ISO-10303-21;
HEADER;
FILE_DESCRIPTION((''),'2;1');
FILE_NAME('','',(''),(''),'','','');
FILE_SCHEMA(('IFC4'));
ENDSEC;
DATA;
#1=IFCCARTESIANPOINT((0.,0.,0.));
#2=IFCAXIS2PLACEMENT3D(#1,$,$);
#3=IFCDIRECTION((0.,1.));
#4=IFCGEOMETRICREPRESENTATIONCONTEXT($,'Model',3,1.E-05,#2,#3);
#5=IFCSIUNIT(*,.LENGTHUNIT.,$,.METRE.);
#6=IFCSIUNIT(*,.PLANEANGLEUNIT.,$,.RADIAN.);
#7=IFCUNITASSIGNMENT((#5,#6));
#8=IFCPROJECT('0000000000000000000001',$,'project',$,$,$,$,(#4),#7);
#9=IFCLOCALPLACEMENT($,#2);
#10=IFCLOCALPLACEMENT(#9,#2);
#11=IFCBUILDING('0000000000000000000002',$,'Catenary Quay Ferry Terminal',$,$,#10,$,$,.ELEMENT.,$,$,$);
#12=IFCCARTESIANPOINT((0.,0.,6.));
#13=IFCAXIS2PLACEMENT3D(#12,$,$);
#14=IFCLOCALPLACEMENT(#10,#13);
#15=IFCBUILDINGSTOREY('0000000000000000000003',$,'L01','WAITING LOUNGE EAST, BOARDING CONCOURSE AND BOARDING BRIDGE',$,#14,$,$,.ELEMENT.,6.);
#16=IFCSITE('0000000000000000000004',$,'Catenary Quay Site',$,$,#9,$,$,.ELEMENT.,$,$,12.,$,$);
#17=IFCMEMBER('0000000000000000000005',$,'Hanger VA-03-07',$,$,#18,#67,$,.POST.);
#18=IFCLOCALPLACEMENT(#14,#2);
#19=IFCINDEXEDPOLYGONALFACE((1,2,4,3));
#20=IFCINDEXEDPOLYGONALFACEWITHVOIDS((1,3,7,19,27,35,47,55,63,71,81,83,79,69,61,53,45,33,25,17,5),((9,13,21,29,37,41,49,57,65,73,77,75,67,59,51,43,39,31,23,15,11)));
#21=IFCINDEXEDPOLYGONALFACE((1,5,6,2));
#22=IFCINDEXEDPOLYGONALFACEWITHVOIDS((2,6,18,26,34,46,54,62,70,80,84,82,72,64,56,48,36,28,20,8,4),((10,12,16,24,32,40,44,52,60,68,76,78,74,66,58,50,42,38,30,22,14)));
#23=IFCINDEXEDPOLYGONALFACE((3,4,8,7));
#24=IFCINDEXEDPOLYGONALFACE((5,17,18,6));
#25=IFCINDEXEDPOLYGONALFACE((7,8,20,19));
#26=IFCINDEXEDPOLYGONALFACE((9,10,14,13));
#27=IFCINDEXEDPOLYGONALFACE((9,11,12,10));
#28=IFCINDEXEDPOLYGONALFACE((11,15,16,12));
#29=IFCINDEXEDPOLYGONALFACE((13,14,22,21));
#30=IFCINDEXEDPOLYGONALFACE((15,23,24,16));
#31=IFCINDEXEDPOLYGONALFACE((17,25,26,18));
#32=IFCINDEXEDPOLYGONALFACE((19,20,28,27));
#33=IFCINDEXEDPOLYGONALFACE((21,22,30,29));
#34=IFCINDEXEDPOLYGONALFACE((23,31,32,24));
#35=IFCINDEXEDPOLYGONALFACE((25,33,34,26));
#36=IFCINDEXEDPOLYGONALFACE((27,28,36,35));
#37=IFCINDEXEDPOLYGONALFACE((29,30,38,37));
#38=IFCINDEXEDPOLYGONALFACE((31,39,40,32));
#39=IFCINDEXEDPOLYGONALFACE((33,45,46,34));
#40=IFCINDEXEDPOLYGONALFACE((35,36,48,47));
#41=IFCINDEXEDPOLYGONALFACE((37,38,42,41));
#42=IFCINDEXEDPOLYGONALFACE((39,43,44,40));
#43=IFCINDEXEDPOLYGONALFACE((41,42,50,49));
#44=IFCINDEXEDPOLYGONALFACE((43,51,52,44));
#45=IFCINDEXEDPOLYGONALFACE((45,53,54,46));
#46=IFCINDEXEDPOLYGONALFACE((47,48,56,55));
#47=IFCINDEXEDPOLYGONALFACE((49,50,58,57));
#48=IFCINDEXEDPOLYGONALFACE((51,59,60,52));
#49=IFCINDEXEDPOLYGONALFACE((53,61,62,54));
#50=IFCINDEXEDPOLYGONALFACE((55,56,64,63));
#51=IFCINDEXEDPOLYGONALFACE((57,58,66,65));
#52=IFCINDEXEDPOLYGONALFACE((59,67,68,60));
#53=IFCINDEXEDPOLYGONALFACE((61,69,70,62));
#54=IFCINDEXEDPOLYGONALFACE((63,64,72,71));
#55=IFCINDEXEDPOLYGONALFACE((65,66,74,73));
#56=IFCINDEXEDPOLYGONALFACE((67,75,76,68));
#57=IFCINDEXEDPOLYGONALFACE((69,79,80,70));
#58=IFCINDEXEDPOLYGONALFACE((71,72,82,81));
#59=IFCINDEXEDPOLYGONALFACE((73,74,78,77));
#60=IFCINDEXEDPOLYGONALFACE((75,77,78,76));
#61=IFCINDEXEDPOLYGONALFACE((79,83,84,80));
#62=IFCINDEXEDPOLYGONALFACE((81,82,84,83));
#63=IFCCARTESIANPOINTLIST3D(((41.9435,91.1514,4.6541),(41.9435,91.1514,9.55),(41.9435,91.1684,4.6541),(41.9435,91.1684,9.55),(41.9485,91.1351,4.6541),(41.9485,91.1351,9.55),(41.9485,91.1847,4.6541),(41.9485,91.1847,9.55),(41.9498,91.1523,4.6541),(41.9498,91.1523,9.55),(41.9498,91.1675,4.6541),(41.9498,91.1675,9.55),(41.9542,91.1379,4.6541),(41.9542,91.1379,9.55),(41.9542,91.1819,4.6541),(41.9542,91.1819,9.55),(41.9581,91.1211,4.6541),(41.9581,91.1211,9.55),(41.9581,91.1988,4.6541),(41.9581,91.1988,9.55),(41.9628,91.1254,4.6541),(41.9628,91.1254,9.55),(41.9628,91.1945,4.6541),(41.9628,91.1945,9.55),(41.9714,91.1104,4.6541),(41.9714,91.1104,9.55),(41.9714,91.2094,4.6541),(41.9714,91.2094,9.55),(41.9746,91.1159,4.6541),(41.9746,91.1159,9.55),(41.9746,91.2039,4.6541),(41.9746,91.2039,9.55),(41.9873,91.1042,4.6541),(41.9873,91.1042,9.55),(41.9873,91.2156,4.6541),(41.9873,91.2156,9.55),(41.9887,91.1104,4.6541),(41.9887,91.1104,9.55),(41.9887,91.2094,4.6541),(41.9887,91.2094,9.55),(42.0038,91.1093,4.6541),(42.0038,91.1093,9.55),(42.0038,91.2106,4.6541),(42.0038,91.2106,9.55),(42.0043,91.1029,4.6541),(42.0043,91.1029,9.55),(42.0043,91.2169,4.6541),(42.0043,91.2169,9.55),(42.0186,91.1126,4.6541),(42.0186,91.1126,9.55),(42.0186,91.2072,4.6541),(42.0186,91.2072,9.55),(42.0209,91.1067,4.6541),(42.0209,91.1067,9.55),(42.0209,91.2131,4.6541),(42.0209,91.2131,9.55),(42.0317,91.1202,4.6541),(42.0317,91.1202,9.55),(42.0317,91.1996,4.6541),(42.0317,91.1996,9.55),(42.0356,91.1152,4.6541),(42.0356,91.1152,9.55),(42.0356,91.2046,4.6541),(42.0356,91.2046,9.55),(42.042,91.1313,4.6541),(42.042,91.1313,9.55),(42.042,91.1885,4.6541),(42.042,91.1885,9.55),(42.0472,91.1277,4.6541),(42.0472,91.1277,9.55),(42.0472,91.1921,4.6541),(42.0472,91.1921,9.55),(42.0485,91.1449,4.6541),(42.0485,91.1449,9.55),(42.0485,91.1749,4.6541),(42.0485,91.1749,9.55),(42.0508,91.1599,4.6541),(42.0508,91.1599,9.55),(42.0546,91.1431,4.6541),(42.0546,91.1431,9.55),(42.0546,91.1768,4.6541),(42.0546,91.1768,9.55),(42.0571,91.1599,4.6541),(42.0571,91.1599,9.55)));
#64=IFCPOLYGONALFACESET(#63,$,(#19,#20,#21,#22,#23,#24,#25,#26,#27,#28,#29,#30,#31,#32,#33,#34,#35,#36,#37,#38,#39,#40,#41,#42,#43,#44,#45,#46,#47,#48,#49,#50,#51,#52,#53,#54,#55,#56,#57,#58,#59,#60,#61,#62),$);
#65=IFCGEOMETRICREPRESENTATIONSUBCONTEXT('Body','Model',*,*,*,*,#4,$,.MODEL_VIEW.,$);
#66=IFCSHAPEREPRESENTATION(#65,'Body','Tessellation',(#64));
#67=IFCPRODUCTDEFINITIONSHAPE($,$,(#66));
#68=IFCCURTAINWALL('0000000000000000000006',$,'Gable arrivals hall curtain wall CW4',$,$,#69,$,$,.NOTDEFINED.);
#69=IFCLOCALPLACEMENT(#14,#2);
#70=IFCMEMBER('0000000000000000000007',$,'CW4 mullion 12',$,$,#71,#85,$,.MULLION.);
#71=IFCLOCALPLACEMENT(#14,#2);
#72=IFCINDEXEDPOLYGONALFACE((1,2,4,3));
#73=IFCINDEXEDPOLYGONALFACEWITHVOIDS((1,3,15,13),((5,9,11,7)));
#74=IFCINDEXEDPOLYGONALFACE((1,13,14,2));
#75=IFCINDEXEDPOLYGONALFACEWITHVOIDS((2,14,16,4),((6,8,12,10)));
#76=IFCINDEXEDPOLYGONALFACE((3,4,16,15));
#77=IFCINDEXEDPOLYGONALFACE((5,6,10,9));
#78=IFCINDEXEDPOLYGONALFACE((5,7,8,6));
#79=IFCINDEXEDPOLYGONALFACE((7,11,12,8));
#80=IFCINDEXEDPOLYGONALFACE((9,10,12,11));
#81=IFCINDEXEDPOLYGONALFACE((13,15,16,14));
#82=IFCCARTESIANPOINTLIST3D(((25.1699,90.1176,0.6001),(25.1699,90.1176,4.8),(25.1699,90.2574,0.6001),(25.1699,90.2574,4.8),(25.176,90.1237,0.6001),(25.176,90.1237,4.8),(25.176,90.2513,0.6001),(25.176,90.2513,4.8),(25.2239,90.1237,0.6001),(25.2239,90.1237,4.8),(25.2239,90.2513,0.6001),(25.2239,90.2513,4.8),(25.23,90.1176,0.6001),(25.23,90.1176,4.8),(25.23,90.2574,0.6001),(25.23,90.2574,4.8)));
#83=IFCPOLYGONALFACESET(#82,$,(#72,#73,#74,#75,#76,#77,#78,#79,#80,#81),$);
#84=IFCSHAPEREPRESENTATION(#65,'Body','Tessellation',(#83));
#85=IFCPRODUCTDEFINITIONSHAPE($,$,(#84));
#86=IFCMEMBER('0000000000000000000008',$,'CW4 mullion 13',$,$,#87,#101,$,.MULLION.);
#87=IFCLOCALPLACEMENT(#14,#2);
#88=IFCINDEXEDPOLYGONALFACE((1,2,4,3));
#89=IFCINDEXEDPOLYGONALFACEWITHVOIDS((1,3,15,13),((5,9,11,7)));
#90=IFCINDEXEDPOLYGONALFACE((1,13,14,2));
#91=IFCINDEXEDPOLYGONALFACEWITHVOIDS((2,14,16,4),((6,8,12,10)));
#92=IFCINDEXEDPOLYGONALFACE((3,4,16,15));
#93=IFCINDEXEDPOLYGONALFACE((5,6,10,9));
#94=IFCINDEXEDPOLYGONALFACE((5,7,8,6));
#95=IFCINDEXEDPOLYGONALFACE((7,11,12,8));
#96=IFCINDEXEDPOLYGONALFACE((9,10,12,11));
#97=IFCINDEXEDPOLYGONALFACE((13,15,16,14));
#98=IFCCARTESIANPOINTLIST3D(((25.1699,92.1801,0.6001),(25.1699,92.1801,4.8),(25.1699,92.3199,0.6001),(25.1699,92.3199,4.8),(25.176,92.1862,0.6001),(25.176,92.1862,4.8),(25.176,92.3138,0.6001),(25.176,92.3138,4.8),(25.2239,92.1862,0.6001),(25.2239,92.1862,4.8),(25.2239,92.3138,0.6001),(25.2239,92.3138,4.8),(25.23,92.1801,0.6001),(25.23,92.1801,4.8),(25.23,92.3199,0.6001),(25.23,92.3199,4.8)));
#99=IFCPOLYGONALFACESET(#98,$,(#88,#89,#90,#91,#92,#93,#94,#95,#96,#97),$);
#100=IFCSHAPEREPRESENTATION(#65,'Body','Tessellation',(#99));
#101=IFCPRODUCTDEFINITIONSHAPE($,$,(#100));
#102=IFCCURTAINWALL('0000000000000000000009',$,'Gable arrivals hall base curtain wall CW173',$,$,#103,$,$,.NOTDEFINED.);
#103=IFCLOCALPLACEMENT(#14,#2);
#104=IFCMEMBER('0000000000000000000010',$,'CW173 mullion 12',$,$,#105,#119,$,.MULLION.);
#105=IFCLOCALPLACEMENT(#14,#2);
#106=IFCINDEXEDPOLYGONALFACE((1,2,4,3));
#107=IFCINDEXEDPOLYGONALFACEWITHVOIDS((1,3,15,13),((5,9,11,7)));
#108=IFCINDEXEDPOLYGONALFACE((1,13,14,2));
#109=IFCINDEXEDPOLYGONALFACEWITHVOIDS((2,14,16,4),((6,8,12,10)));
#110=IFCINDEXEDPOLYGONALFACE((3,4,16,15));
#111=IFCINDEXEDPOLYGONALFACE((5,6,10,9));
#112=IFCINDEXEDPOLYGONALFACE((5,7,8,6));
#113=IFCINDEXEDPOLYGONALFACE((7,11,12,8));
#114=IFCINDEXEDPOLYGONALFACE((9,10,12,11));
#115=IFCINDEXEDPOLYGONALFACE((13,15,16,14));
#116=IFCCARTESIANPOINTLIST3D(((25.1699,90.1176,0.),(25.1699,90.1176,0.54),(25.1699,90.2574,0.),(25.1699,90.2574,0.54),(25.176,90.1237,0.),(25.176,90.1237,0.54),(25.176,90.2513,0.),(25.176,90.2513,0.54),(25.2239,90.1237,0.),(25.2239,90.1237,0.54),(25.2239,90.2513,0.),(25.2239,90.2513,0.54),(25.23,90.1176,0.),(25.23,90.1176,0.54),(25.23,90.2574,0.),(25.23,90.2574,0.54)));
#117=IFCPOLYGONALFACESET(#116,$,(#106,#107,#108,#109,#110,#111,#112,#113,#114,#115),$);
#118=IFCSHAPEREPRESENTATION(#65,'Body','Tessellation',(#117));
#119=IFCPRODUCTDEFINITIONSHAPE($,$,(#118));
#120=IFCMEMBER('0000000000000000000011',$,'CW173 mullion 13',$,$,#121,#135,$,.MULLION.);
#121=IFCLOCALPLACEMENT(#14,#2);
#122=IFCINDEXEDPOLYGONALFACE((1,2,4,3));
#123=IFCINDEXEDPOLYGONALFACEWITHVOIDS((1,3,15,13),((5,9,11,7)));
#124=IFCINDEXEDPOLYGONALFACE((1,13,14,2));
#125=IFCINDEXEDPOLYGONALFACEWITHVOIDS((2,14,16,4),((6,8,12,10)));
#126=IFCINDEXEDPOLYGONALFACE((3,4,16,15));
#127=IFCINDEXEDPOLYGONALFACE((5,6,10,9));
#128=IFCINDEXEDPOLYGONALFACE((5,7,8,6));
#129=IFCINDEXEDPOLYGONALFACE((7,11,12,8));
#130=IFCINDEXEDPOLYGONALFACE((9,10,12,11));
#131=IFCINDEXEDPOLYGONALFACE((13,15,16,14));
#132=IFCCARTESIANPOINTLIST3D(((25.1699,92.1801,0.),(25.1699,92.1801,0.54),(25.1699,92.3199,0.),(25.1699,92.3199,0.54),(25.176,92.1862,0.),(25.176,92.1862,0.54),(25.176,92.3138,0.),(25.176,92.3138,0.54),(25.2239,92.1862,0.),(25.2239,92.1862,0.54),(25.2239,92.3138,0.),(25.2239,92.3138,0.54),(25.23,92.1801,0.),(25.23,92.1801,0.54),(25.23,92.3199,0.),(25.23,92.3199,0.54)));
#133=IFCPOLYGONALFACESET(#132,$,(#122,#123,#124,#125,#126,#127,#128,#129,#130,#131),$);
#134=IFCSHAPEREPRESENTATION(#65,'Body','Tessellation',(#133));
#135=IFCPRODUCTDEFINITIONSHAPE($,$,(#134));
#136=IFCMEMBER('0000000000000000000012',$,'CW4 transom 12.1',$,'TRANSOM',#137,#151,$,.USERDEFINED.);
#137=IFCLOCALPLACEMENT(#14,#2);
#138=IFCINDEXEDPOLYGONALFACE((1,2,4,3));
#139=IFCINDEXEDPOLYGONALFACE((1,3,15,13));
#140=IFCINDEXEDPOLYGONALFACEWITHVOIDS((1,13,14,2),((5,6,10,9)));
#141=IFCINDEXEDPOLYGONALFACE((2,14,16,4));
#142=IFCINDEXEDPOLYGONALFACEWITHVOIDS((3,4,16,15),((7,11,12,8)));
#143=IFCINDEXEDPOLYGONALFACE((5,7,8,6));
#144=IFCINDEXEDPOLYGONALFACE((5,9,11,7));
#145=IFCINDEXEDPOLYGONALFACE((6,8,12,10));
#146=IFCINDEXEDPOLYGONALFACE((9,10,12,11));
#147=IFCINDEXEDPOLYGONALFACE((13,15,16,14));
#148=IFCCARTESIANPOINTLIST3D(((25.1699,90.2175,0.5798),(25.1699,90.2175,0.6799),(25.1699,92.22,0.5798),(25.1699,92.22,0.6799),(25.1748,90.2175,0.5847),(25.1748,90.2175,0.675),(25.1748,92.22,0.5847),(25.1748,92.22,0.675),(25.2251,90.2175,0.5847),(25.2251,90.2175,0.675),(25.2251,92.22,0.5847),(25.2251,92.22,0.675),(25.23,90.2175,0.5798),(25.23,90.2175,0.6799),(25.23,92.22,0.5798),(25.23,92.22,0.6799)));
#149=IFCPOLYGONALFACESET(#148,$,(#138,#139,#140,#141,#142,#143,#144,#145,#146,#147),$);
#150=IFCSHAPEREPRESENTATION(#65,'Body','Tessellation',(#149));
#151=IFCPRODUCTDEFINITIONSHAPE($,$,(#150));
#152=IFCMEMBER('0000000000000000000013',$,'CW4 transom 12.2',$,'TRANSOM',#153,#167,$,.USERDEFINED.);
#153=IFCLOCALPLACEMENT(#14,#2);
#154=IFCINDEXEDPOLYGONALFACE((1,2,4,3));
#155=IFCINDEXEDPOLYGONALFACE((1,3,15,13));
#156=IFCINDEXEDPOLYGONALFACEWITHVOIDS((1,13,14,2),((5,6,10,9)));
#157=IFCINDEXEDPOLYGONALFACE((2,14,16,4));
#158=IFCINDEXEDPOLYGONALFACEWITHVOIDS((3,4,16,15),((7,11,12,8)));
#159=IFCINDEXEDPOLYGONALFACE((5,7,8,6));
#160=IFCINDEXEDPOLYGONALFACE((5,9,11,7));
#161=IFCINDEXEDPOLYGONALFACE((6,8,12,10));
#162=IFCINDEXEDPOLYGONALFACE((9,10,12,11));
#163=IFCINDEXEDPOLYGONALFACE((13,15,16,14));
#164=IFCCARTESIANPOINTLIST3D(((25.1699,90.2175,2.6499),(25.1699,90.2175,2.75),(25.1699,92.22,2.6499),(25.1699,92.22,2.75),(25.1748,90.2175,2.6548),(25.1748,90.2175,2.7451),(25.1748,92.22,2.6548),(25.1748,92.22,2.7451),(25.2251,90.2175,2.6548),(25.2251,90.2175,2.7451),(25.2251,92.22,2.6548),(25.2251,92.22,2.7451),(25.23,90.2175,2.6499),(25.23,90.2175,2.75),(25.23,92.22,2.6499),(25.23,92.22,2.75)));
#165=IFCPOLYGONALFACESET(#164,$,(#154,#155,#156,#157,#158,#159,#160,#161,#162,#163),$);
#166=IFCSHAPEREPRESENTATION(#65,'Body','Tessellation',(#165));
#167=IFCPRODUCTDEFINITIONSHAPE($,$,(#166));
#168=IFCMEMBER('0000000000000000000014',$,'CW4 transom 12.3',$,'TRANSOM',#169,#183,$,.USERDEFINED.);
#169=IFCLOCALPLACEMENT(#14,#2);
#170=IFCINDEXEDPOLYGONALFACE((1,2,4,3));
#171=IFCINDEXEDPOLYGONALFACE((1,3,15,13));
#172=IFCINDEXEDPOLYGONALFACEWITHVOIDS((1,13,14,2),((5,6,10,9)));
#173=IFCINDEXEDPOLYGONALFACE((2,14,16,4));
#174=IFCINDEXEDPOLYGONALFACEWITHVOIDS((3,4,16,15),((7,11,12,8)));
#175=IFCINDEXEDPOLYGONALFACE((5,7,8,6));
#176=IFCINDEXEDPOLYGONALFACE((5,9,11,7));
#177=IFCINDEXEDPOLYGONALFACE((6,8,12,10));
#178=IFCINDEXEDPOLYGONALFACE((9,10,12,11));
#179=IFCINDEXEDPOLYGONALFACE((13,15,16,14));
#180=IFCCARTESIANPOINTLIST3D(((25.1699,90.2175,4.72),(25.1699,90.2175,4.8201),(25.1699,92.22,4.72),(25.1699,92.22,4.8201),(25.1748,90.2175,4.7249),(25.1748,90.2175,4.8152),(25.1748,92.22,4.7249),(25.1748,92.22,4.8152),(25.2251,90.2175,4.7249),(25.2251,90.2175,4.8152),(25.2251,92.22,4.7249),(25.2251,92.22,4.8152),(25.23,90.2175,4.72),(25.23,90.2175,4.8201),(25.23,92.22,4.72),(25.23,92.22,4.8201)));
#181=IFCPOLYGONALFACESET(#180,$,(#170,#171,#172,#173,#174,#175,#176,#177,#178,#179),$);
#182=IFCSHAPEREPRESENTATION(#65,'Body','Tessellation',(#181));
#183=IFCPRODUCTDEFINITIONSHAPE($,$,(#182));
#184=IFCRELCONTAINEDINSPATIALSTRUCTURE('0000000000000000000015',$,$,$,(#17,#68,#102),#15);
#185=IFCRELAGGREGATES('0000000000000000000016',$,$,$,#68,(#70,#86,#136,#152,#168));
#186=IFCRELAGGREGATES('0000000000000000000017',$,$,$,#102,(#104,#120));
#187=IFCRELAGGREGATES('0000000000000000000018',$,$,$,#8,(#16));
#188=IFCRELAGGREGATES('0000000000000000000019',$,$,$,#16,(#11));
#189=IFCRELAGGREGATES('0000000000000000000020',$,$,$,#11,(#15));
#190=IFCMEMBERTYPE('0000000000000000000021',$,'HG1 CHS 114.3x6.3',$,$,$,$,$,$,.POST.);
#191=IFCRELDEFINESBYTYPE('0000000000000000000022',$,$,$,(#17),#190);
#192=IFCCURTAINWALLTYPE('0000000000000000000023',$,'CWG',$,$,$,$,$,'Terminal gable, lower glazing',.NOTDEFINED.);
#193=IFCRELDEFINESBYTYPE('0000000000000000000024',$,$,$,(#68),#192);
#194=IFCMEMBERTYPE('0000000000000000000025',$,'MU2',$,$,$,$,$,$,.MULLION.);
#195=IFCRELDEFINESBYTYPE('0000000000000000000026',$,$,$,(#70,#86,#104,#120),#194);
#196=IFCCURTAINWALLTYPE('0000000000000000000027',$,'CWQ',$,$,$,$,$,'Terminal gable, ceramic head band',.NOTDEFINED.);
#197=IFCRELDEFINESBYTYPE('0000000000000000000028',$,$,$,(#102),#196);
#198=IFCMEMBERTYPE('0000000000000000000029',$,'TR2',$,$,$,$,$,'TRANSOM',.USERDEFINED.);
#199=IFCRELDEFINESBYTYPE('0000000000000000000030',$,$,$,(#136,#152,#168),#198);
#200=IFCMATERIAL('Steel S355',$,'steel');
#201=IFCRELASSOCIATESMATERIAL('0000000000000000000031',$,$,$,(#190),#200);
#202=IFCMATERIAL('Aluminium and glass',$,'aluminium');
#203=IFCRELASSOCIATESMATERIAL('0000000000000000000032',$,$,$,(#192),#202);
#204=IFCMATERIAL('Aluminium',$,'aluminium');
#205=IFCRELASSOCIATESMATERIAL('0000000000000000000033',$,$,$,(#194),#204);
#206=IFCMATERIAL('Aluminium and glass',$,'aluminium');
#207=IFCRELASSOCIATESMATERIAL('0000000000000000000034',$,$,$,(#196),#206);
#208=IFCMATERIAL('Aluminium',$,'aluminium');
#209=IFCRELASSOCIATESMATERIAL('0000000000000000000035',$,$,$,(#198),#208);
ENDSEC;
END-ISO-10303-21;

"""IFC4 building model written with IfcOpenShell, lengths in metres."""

from ifc_helpers import new_model, si_unit, direction, frame, origin, origin_2d, place, context, subcontext, project, spatial, hollow_rectangle, hollow_circle, extrude, material, material_profile, profile_set, type_object, element, aggregate, save


model = new_model("IFC4")

# Units and contexts
model_context = context("Model", 3, precision=1e-05, world=origin(), true_north=direction((0.0, 1.0)))
body_context = subcontext(model_context, "Body", "Model", "MODEL_VIEW")
ifc_project = project(units=[si_unit("LENGTHUNIT", "METRE"), si_unit("PLANEANGLEUNIT", "RADIAN")], contexts=[model_context])

# Site, building, storey
site_placement = place(None, origin())
site = spatial("IfcSite", under=ifc_project, at=site_placement, Name="Catenary Quay Site", CompositionType="ELEMENT", RefElevation=12.0)
building_placement = place(site_placement, origin())
building = spatial("IfcBuilding", under=site, at=building_placement, Name="Catenary Quay Ferry Terminal", CompositionType="ELEMENT")
storey_placement = place(building_placement, frame((0.0, 0.0, 6.0)))
storey = spatial("IfcBuildingStorey", under=building, at=storey_placement, Name="L01", Description="WAITING LOUNGE EAST, BOARDING CONCOURSE AND BOARDING BRIDGE", CompositionType="ELEMENT", Elevation=6.0)

# Member
ifc_material_1 = material(Name="Steel S355", Category="steel")
ifc_material_profile_1 = material_profile(ifc_material_1, hollow_circle(Radius=0.0571, WallThickness=0.0063, at=origin_2d()), Name="CHS 114.3x6.3")
ifc_profile_set_1 = profile_set([ifc_material_profile_1], Name="Steel S355")
member_type_1 = type_object("IfcMemberType", Name="HG1 CHS 114.3x6.3", PredefinedType="POST", material=ifc_profile_set_1)
for number, where, z_axis, x_axis, name in (
    (1, (42.0, 91.1599, 4.6541), (0.0, 0.0, 1.0), (1.0, 0.0, 0.0), "Hanger VA-03-07"),
):
    element("IfcMember", number, at=place(storey_placement, frame(where, z_axis=z_axis, x_axis=x_axis)), inside=storey, type_object=member_type_1, Name=name, PredefinedType="POST", context=body_context, shape_type="SweptSolid", body=[
        extrude(hollow_circle(Radius=0.0571, WallThickness=0.0063, at=origin_2d()), origin(), (0.0, 0.0, 1.0), 4.896),
    ])

# Curtain walls, members
ifc_material_2 = material(Name="Aluminium and glass", Category="aluminium")
curtain_wall_type_1 = type_object("IfcCurtainWallType", Name="CWG", ElementType="Terminal gable, lower glazing", PredefinedType="NOTDEFINED", material=ifc_material_2)
curtain_wall_1_placement = place(storey_placement, origin())
curtain_wall_1 = element("IfcCurtainWall", 2, at=curtain_wall_1_placement, inside=storey, type_object=curtain_wall_type_1, Name="Gable arrivals hall curtain wall CW4", PredefinedType="NOTDEFINED")
ifc_material_3 = material(Name="Aluminium", Category="aluminium")
ifc_material_profile_2 = material_profile(ifc_material_3, hollow_rectangle(XDim=0.0601, YDim=0.1399, WallThickness=0.0061, at=origin_2d()), Name="MU2")
ifc_profile_set_2 = profile_set([ifc_material_profile_2], Name="Aluminium")
member_type_2 = type_object("IfcMemberType", Name="MU2", PredefinedType="MULLION", material=ifc_profile_set_2)
member_1_placement = place(storey_placement, frame((25.2, 90.1875, 0.6001), z_axis=(0.0, 0.0, 1.0), x_axis=(-1.0, 0.0, 0.0)))
member_1 = element("IfcMember", 3, at=member_1_placement, type_object=member_type_2, Name="CW4 mullion 12", PredefinedType="MULLION", context=body_context, shape_type="SweptSolid", body=[
    extrude(hollow_rectangle(XDim=0.0601, YDim=0.1399, WallThickness=0.0061, at=origin_2d()), origin(), (0.0, 0.0, 1.0), 4.2),
])
member_2_placement = place(storey_placement, frame((25.2, 92.25, 0.6001), z_axis=(0.0, 0.0, 1.0), x_axis=(-1.0, 0.0, 0.0)))
member_2 = element("IfcMember", 4, at=member_2_placement, type_object=member_type_2, Name="CW4 mullion 13", PredefinedType="MULLION", context=body_context, shape_type="SweptSolid", body=[
    extrude(hollow_rectangle(XDim=0.0601, YDim=0.1399, WallThickness=0.0061, at=origin_2d()), origin(), (0.0, 0.0, 1.0), 4.2),
])
ifc_material_4 = material(Name="Aluminium and glass", Category="aluminium")
curtain_wall_type_2 = type_object("IfcCurtainWallType", Name="CWQ", ElementType="Terminal gable, ceramic head band", PredefinedType="NOTDEFINED", material=ifc_material_4)
curtain_wall_2_placement = place(storey_placement, origin())
curtain_wall_2 = element("IfcCurtainWall", 5, at=curtain_wall_2_placement, inside=storey, type_object=curtain_wall_type_2, Name="Gable arrivals hall base curtain wall CW173", PredefinedType="NOTDEFINED")
member_3_placement = place(storey_placement, frame((25.2, 90.1875, 0.0), z_axis=(0.0, 0.0, 1.0), x_axis=(-1.0, 0.0, 0.0)))
member_3 = element("IfcMember", 6, at=member_3_placement, type_object=member_type_2, Name="CW173 mullion 12", PredefinedType="MULLION", context=body_context, shape_type="SweptSolid", body=[
    extrude(hollow_rectangle(XDim=0.0601, YDim=0.1399, WallThickness=0.0061, at=origin_2d()), origin(), (0.0, 0.0, 1.0), 0.54),
])
member_4_placement = place(storey_placement, frame((25.2, 92.25, 0.0), z_axis=(0.0, 0.0, 1.0), x_axis=(-1.0, 0.0, 0.0)))
member_4 = element("IfcMember", 7, at=member_4_placement, type_object=member_type_2, Name="CW173 mullion 13", PredefinedType="MULLION", context=body_context, shape_type="SweptSolid", body=[
    extrude(hollow_rectangle(XDim=0.0601, YDim=0.1399, WallThickness=0.0061, at=origin_2d()), origin(), (0.0, 0.0, 1.0), 0.54),
])

# Members
ifc_material_5 = material(Name="Aluminium", Category="aluminium")
ifc_material_profile_3 = material_profile(ifc_material_5, hollow_rectangle(XDim=0.0601, YDim=0.1001, WallThickness=0.0049, at=origin_2d()), Name="TR2")
ifc_profile_set_3 = profile_set([ifc_material_profile_3], Name="Aluminium")
member_type_3 = type_object("IfcMemberType", Name="TR2", ElementType="TRANSOM", PredefinedType="USERDEFINED", material=ifc_profile_set_3)
member_5_placement = place(storey_placement, frame((25.2, 90.2175, 0.6299), z_axis=(0.0, 1.0, 0.0), x_axis=(-1.0, 0.0, 0.0)))
member_5 = element("IfcMember", 8, at=member_5_placement, type_object=member_type_3, Name="CW4 transom 12.1", ObjectType="TRANSOM", PredefinedType="USERDEFINED", context=body_context, shape_type="SweptSolid", body=[
    extrude(hollow_rectangle(XDim=0.0601, YDim=0.1001, WallThickness=0.0049, at=origin_2d()), origin(), (0.0, 0.0, 1.0), 2.0024),
])
member_6_placement = place(storey_placement, frame((25.2, 90.2175, 2.7), z_axis=(0.0, 1.0, 0.0), x_axis=(-1.0, 0.0, 0.0)))
member_6 = element("IfcMember", 9, at=member_6_placement, type_object=member_type_3, Name="CW4 transom 12.2", ObjectType="TRANSOM", PredefinedType="USERDEFINED", context=body_context, shape_type="SweptSolid", body=[
    extrude(hollow_rectangle(XDim=0.0601, YDim=0.1001, WallThickness=0.0049, at=origin_2d()), origin(), (0.0, 0.0, 1.0), 2.0024),
])
member_7_placement = place(storey_placement, frame((25.2, 90.2175, 4.77), z_axis=(0.0, 1.0, 0.0), x_axis=(-1.0, 0.0, 0.0)))
member_7 = element("IfcMember", 10, at=member_7_placement, type_object=member_type_3, Name="CW4 transom 12.3", ObjectType="TRANSOM", PredefinedType="USERDEFINED", context=body_context, shape_type="SweptSolid", body=[
    extrude(hollow_rectangle(XDim=0.0601, YDim=0.1001, WallThickness=0.0049, at=origin_2d()), origin(), (0.0, 0.0, 1.0), 2.0024),
])

aggregate(curtain_wall_1, [member_1, member_2, member_5, member_6, member_7])
aggregate(curtain_wall_2, [member_3, member_4])

save(model, "model.ifc")
